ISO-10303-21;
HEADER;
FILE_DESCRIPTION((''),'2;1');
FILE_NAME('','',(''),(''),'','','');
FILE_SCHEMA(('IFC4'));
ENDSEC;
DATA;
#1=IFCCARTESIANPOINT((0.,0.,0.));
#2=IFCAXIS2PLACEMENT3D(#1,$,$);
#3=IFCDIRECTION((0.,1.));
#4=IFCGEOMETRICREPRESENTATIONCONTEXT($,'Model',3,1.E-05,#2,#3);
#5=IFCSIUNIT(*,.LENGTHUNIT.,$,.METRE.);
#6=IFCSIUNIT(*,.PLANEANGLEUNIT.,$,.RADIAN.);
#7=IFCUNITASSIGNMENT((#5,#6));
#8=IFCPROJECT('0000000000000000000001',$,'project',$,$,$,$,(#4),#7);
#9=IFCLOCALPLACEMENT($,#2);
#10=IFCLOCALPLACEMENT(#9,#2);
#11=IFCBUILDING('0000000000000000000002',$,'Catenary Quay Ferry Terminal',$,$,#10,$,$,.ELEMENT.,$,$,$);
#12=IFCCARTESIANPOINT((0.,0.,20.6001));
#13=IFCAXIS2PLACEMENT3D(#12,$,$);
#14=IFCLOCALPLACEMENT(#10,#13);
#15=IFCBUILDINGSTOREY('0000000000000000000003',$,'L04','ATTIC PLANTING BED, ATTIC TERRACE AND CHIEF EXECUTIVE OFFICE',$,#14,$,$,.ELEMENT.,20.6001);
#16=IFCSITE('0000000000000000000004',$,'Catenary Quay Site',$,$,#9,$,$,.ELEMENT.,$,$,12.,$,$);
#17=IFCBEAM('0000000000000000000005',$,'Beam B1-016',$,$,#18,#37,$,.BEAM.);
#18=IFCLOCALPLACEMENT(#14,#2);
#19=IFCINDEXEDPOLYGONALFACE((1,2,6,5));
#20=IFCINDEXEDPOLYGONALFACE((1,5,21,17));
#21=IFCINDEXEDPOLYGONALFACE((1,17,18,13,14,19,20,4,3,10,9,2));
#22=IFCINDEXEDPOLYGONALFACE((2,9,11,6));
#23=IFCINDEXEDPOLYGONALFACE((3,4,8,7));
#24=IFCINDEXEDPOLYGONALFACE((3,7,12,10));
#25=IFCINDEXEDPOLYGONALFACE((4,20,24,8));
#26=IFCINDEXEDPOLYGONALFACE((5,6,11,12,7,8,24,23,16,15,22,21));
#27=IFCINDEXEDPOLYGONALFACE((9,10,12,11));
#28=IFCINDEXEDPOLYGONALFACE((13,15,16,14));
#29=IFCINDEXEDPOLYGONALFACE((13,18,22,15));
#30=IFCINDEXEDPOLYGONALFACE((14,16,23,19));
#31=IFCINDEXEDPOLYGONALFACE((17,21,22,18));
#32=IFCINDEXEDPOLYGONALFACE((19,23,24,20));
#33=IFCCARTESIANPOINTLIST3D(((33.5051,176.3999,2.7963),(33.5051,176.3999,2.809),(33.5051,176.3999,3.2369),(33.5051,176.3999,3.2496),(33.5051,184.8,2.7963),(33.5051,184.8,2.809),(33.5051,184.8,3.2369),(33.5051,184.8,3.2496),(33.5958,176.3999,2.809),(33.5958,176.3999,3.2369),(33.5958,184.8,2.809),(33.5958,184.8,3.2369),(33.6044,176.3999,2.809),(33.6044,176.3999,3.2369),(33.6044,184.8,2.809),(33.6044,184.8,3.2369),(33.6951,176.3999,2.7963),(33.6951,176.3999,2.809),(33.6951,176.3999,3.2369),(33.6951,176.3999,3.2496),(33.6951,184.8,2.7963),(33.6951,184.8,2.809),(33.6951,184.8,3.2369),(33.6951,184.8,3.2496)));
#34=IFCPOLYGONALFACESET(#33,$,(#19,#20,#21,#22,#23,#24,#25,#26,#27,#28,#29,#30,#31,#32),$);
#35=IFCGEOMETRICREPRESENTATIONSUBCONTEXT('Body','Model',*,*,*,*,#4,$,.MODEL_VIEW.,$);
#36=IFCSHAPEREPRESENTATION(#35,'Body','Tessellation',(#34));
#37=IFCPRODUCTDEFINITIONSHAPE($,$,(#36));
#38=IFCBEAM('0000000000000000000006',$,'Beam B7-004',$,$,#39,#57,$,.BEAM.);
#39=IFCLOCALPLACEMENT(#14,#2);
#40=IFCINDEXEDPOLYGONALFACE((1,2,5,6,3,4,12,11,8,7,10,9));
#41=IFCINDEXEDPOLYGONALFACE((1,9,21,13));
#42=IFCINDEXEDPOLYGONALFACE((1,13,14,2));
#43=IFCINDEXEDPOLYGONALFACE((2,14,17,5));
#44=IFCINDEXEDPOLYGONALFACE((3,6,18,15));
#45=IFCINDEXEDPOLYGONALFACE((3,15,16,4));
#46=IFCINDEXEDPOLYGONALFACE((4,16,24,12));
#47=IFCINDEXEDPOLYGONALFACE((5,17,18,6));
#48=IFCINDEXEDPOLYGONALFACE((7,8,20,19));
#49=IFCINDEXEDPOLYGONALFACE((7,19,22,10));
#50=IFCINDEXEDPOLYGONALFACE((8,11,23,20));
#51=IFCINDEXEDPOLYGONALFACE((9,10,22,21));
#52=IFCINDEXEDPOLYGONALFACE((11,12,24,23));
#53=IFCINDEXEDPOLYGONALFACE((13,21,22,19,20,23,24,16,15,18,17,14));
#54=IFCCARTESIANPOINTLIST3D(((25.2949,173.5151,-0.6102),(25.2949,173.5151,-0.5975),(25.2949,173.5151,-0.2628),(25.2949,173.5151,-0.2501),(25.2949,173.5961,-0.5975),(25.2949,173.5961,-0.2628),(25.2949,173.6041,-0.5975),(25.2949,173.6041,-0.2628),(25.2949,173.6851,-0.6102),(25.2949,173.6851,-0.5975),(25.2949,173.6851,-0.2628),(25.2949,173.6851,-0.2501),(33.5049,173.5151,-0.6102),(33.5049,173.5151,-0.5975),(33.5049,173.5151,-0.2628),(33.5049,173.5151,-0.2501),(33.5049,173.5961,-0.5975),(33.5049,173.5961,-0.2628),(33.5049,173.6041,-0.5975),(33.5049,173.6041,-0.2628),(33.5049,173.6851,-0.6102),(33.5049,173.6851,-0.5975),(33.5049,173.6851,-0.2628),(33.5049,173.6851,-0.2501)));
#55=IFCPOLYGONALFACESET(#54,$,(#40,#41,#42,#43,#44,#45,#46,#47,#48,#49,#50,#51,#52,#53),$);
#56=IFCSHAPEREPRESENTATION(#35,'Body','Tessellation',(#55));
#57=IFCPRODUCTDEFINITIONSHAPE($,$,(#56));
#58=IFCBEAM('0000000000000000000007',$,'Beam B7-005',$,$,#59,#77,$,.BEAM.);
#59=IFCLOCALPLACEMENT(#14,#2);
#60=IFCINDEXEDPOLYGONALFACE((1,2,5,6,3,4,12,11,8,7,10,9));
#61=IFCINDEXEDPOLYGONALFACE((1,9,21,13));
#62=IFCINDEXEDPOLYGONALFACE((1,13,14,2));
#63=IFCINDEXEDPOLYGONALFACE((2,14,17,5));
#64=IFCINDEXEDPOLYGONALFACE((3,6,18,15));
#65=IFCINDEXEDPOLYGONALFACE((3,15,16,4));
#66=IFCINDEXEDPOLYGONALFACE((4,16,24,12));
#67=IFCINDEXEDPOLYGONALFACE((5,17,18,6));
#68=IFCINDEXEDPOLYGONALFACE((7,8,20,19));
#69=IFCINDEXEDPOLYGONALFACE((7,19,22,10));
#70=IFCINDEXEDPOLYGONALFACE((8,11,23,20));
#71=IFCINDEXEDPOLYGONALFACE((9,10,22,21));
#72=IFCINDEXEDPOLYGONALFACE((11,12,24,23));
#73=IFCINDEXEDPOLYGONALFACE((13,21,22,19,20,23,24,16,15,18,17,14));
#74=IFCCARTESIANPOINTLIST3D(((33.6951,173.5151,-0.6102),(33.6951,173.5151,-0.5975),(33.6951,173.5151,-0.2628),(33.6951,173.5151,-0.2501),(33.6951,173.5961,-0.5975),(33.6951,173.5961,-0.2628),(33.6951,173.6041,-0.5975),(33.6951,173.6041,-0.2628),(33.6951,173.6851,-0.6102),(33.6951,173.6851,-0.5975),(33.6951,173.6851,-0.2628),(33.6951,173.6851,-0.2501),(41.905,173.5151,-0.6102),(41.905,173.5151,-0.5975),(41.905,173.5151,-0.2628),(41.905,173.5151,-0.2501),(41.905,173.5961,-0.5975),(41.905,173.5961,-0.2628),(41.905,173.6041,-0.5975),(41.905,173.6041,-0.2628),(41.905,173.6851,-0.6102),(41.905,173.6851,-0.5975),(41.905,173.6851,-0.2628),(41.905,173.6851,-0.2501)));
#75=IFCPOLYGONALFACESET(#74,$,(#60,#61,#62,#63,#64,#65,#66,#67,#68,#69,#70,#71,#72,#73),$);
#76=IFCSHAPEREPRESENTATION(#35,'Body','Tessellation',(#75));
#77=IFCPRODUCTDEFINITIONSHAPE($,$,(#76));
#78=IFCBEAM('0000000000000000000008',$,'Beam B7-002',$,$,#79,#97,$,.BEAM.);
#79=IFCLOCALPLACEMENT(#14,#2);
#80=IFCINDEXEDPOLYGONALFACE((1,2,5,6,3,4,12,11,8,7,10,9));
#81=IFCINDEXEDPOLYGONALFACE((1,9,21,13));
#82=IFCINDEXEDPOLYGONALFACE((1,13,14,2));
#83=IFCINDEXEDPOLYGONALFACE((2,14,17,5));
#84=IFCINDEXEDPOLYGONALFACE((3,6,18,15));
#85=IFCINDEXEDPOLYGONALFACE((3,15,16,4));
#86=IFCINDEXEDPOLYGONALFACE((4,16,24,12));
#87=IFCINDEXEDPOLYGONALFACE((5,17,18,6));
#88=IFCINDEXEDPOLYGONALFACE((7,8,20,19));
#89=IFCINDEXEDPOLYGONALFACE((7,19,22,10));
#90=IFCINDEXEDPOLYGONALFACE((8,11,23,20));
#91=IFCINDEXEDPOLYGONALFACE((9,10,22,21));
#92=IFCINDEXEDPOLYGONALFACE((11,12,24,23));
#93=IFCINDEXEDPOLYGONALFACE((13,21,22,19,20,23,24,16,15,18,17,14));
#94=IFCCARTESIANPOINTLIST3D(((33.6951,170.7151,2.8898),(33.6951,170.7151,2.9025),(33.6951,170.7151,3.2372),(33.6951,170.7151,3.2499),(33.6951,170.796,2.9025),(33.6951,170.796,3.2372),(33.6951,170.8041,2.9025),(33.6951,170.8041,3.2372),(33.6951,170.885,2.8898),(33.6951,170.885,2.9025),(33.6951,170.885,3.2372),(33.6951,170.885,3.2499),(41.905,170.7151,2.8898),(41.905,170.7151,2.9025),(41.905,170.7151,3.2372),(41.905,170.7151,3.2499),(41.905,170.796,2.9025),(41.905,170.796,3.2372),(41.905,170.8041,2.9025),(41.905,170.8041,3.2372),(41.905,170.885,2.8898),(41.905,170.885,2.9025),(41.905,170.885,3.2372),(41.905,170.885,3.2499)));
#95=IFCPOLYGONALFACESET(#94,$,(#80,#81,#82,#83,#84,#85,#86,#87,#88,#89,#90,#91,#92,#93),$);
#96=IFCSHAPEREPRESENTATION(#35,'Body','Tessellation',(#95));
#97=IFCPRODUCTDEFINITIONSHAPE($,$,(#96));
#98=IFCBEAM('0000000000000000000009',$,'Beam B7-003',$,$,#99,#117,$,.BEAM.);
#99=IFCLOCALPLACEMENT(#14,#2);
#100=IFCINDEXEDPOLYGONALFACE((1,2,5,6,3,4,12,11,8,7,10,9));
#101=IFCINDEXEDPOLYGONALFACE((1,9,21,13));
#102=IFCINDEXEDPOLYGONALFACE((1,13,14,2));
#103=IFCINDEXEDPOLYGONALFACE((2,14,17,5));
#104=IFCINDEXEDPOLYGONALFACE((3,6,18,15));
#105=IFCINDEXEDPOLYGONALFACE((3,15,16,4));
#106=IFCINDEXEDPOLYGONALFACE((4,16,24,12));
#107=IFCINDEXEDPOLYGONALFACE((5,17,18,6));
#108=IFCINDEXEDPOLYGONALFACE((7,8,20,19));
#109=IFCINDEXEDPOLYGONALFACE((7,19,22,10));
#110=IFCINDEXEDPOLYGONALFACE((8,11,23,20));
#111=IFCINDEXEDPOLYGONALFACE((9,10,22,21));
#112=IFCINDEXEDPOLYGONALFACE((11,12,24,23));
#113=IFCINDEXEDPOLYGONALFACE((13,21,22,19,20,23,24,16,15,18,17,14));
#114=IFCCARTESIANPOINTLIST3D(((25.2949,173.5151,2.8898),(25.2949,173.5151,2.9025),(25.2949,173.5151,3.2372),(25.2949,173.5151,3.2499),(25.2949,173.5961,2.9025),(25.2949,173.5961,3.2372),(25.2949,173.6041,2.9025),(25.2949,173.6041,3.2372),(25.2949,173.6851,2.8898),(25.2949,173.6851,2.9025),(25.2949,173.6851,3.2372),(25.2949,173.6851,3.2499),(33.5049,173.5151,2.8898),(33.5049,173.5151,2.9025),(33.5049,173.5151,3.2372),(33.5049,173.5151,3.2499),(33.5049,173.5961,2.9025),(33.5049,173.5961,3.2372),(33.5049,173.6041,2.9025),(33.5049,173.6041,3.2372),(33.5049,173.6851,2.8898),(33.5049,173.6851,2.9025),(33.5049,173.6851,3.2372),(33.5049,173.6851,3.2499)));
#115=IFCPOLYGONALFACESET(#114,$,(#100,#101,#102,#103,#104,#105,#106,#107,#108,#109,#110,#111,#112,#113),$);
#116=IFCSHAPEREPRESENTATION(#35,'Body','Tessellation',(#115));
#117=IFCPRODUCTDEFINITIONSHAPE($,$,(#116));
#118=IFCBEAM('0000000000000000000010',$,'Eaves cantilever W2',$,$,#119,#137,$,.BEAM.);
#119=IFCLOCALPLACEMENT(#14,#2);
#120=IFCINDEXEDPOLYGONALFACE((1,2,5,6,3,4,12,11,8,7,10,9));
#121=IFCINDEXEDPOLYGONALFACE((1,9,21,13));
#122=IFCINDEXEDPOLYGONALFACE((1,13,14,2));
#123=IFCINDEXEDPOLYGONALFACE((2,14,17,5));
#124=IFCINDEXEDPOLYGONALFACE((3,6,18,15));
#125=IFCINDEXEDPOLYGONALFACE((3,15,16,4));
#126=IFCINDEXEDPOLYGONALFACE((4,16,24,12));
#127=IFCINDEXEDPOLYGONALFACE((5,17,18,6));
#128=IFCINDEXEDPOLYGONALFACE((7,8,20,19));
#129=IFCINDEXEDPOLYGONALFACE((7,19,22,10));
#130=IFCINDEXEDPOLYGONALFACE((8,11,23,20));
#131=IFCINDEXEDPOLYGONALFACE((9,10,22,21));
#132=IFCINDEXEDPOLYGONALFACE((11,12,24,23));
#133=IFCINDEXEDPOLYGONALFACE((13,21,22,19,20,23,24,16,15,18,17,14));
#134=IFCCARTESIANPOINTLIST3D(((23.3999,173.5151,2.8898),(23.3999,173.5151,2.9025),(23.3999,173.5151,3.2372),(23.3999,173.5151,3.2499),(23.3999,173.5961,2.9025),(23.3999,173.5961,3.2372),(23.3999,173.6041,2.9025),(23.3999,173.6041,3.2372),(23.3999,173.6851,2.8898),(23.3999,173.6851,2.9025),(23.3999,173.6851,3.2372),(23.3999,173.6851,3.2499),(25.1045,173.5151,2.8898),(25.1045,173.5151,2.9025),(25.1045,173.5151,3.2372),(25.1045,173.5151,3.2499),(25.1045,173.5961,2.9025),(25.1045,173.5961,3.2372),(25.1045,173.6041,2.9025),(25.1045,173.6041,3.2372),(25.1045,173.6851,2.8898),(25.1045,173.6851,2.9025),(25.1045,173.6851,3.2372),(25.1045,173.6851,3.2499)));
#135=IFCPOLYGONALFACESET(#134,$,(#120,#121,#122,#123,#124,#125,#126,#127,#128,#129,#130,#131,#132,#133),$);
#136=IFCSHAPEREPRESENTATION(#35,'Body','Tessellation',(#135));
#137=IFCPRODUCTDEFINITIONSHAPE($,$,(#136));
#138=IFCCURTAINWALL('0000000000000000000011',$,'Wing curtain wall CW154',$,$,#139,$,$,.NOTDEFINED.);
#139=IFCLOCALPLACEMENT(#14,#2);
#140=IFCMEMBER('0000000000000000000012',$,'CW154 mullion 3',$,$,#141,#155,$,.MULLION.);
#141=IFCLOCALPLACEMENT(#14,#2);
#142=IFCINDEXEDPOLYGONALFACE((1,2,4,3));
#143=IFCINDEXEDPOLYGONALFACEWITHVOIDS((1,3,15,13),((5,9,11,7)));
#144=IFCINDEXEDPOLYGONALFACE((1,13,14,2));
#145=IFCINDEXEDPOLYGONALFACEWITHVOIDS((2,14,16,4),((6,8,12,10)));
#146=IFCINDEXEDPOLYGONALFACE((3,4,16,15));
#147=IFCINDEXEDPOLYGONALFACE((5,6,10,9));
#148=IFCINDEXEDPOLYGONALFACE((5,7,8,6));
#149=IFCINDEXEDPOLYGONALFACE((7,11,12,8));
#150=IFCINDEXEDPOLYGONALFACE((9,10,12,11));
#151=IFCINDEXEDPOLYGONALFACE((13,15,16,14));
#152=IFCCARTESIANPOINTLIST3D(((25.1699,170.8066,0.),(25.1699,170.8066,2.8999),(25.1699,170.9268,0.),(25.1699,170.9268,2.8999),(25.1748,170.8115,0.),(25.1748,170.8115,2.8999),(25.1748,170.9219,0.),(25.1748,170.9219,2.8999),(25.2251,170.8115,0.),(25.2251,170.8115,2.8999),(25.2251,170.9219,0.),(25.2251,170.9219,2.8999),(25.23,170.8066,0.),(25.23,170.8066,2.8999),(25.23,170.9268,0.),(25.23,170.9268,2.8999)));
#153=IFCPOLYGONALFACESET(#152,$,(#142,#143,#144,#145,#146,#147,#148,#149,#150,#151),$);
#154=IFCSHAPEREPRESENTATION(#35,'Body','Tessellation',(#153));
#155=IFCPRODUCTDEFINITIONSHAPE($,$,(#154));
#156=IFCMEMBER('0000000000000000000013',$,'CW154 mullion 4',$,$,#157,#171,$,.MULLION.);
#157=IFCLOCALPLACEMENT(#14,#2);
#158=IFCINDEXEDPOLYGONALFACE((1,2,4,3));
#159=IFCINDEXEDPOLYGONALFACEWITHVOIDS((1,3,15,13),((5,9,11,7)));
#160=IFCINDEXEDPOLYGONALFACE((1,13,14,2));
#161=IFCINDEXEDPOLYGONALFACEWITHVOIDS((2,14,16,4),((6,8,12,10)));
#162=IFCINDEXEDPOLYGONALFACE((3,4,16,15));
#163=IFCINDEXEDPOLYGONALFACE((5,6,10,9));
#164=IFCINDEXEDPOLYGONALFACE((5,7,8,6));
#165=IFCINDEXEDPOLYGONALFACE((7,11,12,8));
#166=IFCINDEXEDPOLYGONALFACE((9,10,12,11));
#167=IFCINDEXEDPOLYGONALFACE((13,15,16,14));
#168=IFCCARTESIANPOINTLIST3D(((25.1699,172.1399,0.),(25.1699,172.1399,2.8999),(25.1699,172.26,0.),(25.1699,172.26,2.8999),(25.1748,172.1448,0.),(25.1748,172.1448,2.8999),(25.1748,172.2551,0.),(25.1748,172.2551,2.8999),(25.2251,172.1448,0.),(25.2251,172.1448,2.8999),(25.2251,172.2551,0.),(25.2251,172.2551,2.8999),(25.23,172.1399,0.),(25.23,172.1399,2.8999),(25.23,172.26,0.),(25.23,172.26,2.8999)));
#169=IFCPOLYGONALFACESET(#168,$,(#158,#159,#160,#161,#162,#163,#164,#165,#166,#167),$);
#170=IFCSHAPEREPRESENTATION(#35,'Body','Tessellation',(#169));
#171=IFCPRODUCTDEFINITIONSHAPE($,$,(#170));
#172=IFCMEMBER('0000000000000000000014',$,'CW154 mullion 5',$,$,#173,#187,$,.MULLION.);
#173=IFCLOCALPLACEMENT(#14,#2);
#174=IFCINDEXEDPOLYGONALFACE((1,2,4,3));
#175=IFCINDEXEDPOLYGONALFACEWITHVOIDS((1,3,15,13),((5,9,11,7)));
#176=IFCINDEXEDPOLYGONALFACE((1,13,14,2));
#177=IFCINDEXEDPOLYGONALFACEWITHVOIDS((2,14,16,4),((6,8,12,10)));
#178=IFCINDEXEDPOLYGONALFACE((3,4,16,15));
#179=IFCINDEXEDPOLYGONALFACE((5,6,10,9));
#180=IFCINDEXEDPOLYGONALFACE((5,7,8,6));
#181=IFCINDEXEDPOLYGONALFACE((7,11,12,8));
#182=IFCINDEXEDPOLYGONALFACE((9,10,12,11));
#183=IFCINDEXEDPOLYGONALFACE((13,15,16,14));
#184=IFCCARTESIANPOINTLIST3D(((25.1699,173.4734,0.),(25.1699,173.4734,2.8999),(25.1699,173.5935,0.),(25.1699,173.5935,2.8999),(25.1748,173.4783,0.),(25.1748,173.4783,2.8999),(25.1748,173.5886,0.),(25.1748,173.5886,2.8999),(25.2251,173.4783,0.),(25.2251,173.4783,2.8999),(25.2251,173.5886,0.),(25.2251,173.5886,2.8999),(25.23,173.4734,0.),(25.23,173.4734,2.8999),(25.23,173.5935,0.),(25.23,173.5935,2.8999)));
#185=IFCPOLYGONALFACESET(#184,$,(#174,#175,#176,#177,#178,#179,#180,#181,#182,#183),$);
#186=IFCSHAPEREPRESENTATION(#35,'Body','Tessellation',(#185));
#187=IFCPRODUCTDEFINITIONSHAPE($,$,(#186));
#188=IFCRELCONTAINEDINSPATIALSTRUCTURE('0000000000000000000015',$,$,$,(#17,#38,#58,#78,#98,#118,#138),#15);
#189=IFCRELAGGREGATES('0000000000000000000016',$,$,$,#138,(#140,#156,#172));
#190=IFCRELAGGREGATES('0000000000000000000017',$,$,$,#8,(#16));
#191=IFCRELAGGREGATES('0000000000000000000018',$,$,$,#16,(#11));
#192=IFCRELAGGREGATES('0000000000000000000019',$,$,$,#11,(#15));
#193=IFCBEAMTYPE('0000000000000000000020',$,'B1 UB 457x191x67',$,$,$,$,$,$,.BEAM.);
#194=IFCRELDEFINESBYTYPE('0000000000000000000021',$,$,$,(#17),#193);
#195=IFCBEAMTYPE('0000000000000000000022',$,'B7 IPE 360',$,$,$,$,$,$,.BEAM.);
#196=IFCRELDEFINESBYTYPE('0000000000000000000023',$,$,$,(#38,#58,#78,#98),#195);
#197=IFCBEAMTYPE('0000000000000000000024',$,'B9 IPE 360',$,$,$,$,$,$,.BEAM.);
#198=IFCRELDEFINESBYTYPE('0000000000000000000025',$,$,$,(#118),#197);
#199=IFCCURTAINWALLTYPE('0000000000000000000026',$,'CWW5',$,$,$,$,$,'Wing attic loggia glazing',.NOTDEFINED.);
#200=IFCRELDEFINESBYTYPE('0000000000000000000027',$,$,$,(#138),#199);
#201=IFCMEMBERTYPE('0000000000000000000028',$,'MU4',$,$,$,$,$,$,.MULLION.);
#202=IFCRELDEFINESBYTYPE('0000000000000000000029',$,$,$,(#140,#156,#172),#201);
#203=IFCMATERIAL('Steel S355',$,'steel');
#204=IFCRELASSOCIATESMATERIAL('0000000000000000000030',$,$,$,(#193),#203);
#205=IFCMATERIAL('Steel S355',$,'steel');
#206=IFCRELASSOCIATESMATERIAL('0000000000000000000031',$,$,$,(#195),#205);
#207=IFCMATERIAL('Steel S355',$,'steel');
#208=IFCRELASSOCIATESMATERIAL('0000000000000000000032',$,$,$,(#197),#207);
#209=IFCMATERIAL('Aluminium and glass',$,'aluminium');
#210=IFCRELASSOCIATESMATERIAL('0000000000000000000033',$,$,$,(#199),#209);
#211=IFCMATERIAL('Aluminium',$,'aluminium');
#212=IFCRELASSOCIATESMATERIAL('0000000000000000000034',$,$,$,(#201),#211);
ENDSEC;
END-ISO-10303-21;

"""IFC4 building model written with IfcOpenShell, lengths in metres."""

from ifc_helpers import new_model, si_unit, direction, frame, origin, origin_2d, place, context, subcontext, project, spatial, hollow_rectangle, i_section, extrude, material, material_profile, profile_set, type_object, element, aggregate, save


model = new_model("IFC4")

# Units and contexts
model_context = context("Model", 3, precision=1e-05, world=origin(), true_north=direction((0.0, 1.0)))
body_context = subcontext(model_context, "Body", "Model", "MODEL_VIEW")
ifc_project = project(units=[si_unit("LENGTHUNIT", "METRE"), si_unit("PLANEANGLEUNIT", "RADIAN")], contexts=[model_context])

# Site, building, storey
site_placement = place(None, origin())
site = spatial("IfcSite", under=ifc_project, at=site_placement, Name="Catenary Quay Site", CompositionType="ELEMENT", RefElevation=12.0)
building_placement = place(site_placement, origin())
building = spatial("IfcBuilding", under=site, at=building_placement, Name="Catenary Quay Ferry Terminal", CompositionType="ELEMENT")
storey_placement = place(building_placement, frame((0.0, 0.0, 20.6001)))
storey = spatial("IfcBuildingStorey", under=building, at=storey_placement, Name="L04", Description="ATTIC PLANTING BED, ATTIC TERRACE AND CHIEF EXECUTIVE OFFICE", CompositionType="ELEMENT", Elevation=20.6001)

# Beams
ifc_material_1 = material(Name="Steel S355", Category="steel")
ifc_material_profile_1 = material_profile(ifc_material_1, i_section(OverallWidth=0.1899, OverallDepth=0.4534, WebThickness=0.0085, FlangeThickness=0.0127, at=origin_2d()), Name="UB 457x191x67")
ifc_profile_set_1 = profile_set([ifc_material_profile_1], Name="Steel S355")
beam_type_1 = type_object("IfcBeamType", Name="B1 UB 457x191x67", PredefinedType="BEAM", material=ifc_profile_set_1)
for number, where, z_axis, x_axis, name in (
    (1, (33.6001, 176.3999, 3.0229), (0.0, 1.0, 0.0), (-1.0, 0.0, 0.0), "Beam B1-016"),
):
    element("IfcBeam", number, at=place(storey_placement, frame(where, z_axis=z_axis, x_axis=x_axis)), inside=storey, type_object=beam_type_1, Name=name, PredefinedType="BEAM", context=body_context, shape_type="SweptSolid", body=[
        extrude(i_section(OverallWidth=0.1899, OverallDepth=0.4534, WebThickness=0.0085, FlangeThickness=0.0127, at=origin_2d()), origin(), (0.0, 0.0, 1.0), 8.4001),
    ])
ifc_material_2 = material(Name="Steel S355", Category="steel")
ifc_material_profile_2 = material_profile(ifc_material_2, i_section(OverallWidth=0.1699, OverallDepth=0.3601, WebThickness=0.0081, FlangeThickness=0.0127, at=origin_2d()), Name="IPE 360")
ifc_profile_set_2 = profile_set([ifc_material_profile_2], Name="Steel S355")
beam_type_2 = type_object("IfcBeamType", Name="B7 IPE 360", PredefinedType="BEAM", material=ifc_profile_set_2)
for number, where, z_axis, x_axis, name in (
    (2, (25.2949, 173.6001, -0.4302), (1.0, 0.0, 0.0), (0.0, 1.0, 0.0), "Beam B7-004"),
    (3, (33.6951, 173.6001, -0.4302), (1.0, 0.0, 0.0), (0.0, 1.0, 0.0), "Beam B7-005"),
    (4, (33.6951, 170.8, 3.0698), (1.0, 0.0, 0.0), (0.0, 1.0, 0.0), "Beam B7-002"),
    (5, (25.2949, 173.6001, 3.0698), (1.0, 0.0, 0.0), (0.0, 1.0, 0.0), "Beam B7-003"),
):
    element("IfcBeam", number, at=place(storey_placement, frame(where, z_axis=z_axis, x_axis=x_axis)), inside=storey, type_object=beam_type_2, Name=name, PredefinedType="BEAM", context=body_context, shape_type="SweptSolid", body=[
        extrude(i_section(OverallWidth=0.1699, OverallDepth=0.3601, WebThickness=0.0081, FlangeThickness=0.0127, at=origin_2d()), origin(), (0.0, 0.0, 1.0), 8.21),
    ])
ifc_material_3 = material(Name="Steel S355", Category="steel")
ifc_material_profile_3 = material_profile(ifc_material_3, i_section(OverallWidth=0.1699, OverallDepth=0.3601, WebThickness=0.0081, FlangeThickness=0.0127, at=origin_2d()), Name="IPE 360")
ifc_profile_set_3 = profile_set([ifc_material_profile_3], Name="Steel S355")
beam_type_3 = type_object("IfcBeamType", Name="B9 IPE 360", PredefinedType="BEAM", material=ifc_profile_set_3)
beam_1_placement = place(storey_placement, frame((25.1045, 173.6001, 3.0698), z_axis=(-1.0, 0.0, 0.0), x_axis=(0.0, -1.0, 0.0)))
element("IfcBeam", 6, at=beam_1_placement, inside=storey, type_object=beam_type_3, Name="Eaves cantilever W2", PredefinedType="BEAM", context=body_context, shape_type="SweptSolid", body=[
    extrude(i_section(OverallWidth=0.1699, OverallDepth=0.3601, WebThickness=0.0081, FlangeThickness=0.0127, at=origin_2d()), origin(), (0.0, 0.0, 1.0), 1.7046),
])

# Curtain wall, members
ifc_material_4 = material(Name="Aluminium and glass", Category="aluminium")
curtain_wall_type = type_object("IfcCurtainWallType", Name="CWW5", ElementType="Wing attic loggia glazing", PredefinedType="NOTDEFINED", material=ifc_material_4)
curtain_wall_1_placement = place(storey_placement, origin())
curtain_wall_1 = element("IfcCurtainWall", 7, at=curtain_wall_1_placement, inside=storey, type_object=curtain_wall_type, Name="Wing curtain wall CW154", PredefinedType="NOTDEFINED")
ifc_material_5 = material(Name="Aluminium", Category="aluminium")
ifc_material_profile_4 = material_profile(ifc_material_5, hollow_rectangle(XDim=0.0601, YDim=0.1201, WallThickness=0.0049, at=origin_2d()), Name="MU4")
ifc_profile_set_4 = profile_set([ifc_material_profile_4], Name="Aluminium")
member_type_1 = type_object("IfcMemberType", Name="MU4", PredefinedType="MULLION", material=ifc_profile_set_4)
member_1_placement = place(storey_placement, frame((25.2, 170.8667, 0.0), z_axis=(0.0, 0.0, 1.0), x_axis=(-1.0, 0.0, 0.0)))
member_1 = element("IfcMember", 8, at=member_1_placement, type_object=member_type_1, Name="CW154 mullion 3", PredefinedType="MULLION", context=body_context, shape_type="SweptSolid", body=[
    extrude(hollow_rectangle(XDim=0.0601, YDim=0.1201, WallThickness=0.0049, at=origin_2d()), origin(), (0.0, 0.0, 1.0), 2.8999),
])
member_2_placement = place(storey_placement, frame((25.2, 172.2, 0.0), z_axis=(0.0, 0.0, 1.0), x_axis=(-1.0, 0.0, 0.0)))
member_2 = element("IfcMember", 9, at=member_2_placement, type_object=member_type_1, Name="CW154 mullion 4", PredefinedType="MULLION", context=body_context, shape_type="SweptSolid", body=[
    extrude(hollow_rectangle(XDim=0.0601, YDim=0.1201, WallThickness=0.0049, at=origin_2d()), origin(), (0.0, 0.0, 1.0), 2.8999),
])
member_3_placement = place(storey_placement, frame((25.2, 173.5334, 0.0), z_axis=(0.0, 0.0, 1.0), x_axis=(-1.0, 0.0, 0.0)))
member_3 = element("IfcMember", 10, at=member_3_placement, type_object=member_type_1, Name="CW154 mullion 5", PredefinedType="MULLION", context=body_context, shape_type="SweptSolid", body=[
    extrude(hollow_rectangle(XDim=0.0601, YDim=0.1201, WallThickness=0.0049, at=origin_2d()), origin(), (0.0, 0.0, 1.0), 2.8999),
])

aggregate(curtain_wall_1, [member_1, member_2, member_3])

save(model, "model.ifc")
